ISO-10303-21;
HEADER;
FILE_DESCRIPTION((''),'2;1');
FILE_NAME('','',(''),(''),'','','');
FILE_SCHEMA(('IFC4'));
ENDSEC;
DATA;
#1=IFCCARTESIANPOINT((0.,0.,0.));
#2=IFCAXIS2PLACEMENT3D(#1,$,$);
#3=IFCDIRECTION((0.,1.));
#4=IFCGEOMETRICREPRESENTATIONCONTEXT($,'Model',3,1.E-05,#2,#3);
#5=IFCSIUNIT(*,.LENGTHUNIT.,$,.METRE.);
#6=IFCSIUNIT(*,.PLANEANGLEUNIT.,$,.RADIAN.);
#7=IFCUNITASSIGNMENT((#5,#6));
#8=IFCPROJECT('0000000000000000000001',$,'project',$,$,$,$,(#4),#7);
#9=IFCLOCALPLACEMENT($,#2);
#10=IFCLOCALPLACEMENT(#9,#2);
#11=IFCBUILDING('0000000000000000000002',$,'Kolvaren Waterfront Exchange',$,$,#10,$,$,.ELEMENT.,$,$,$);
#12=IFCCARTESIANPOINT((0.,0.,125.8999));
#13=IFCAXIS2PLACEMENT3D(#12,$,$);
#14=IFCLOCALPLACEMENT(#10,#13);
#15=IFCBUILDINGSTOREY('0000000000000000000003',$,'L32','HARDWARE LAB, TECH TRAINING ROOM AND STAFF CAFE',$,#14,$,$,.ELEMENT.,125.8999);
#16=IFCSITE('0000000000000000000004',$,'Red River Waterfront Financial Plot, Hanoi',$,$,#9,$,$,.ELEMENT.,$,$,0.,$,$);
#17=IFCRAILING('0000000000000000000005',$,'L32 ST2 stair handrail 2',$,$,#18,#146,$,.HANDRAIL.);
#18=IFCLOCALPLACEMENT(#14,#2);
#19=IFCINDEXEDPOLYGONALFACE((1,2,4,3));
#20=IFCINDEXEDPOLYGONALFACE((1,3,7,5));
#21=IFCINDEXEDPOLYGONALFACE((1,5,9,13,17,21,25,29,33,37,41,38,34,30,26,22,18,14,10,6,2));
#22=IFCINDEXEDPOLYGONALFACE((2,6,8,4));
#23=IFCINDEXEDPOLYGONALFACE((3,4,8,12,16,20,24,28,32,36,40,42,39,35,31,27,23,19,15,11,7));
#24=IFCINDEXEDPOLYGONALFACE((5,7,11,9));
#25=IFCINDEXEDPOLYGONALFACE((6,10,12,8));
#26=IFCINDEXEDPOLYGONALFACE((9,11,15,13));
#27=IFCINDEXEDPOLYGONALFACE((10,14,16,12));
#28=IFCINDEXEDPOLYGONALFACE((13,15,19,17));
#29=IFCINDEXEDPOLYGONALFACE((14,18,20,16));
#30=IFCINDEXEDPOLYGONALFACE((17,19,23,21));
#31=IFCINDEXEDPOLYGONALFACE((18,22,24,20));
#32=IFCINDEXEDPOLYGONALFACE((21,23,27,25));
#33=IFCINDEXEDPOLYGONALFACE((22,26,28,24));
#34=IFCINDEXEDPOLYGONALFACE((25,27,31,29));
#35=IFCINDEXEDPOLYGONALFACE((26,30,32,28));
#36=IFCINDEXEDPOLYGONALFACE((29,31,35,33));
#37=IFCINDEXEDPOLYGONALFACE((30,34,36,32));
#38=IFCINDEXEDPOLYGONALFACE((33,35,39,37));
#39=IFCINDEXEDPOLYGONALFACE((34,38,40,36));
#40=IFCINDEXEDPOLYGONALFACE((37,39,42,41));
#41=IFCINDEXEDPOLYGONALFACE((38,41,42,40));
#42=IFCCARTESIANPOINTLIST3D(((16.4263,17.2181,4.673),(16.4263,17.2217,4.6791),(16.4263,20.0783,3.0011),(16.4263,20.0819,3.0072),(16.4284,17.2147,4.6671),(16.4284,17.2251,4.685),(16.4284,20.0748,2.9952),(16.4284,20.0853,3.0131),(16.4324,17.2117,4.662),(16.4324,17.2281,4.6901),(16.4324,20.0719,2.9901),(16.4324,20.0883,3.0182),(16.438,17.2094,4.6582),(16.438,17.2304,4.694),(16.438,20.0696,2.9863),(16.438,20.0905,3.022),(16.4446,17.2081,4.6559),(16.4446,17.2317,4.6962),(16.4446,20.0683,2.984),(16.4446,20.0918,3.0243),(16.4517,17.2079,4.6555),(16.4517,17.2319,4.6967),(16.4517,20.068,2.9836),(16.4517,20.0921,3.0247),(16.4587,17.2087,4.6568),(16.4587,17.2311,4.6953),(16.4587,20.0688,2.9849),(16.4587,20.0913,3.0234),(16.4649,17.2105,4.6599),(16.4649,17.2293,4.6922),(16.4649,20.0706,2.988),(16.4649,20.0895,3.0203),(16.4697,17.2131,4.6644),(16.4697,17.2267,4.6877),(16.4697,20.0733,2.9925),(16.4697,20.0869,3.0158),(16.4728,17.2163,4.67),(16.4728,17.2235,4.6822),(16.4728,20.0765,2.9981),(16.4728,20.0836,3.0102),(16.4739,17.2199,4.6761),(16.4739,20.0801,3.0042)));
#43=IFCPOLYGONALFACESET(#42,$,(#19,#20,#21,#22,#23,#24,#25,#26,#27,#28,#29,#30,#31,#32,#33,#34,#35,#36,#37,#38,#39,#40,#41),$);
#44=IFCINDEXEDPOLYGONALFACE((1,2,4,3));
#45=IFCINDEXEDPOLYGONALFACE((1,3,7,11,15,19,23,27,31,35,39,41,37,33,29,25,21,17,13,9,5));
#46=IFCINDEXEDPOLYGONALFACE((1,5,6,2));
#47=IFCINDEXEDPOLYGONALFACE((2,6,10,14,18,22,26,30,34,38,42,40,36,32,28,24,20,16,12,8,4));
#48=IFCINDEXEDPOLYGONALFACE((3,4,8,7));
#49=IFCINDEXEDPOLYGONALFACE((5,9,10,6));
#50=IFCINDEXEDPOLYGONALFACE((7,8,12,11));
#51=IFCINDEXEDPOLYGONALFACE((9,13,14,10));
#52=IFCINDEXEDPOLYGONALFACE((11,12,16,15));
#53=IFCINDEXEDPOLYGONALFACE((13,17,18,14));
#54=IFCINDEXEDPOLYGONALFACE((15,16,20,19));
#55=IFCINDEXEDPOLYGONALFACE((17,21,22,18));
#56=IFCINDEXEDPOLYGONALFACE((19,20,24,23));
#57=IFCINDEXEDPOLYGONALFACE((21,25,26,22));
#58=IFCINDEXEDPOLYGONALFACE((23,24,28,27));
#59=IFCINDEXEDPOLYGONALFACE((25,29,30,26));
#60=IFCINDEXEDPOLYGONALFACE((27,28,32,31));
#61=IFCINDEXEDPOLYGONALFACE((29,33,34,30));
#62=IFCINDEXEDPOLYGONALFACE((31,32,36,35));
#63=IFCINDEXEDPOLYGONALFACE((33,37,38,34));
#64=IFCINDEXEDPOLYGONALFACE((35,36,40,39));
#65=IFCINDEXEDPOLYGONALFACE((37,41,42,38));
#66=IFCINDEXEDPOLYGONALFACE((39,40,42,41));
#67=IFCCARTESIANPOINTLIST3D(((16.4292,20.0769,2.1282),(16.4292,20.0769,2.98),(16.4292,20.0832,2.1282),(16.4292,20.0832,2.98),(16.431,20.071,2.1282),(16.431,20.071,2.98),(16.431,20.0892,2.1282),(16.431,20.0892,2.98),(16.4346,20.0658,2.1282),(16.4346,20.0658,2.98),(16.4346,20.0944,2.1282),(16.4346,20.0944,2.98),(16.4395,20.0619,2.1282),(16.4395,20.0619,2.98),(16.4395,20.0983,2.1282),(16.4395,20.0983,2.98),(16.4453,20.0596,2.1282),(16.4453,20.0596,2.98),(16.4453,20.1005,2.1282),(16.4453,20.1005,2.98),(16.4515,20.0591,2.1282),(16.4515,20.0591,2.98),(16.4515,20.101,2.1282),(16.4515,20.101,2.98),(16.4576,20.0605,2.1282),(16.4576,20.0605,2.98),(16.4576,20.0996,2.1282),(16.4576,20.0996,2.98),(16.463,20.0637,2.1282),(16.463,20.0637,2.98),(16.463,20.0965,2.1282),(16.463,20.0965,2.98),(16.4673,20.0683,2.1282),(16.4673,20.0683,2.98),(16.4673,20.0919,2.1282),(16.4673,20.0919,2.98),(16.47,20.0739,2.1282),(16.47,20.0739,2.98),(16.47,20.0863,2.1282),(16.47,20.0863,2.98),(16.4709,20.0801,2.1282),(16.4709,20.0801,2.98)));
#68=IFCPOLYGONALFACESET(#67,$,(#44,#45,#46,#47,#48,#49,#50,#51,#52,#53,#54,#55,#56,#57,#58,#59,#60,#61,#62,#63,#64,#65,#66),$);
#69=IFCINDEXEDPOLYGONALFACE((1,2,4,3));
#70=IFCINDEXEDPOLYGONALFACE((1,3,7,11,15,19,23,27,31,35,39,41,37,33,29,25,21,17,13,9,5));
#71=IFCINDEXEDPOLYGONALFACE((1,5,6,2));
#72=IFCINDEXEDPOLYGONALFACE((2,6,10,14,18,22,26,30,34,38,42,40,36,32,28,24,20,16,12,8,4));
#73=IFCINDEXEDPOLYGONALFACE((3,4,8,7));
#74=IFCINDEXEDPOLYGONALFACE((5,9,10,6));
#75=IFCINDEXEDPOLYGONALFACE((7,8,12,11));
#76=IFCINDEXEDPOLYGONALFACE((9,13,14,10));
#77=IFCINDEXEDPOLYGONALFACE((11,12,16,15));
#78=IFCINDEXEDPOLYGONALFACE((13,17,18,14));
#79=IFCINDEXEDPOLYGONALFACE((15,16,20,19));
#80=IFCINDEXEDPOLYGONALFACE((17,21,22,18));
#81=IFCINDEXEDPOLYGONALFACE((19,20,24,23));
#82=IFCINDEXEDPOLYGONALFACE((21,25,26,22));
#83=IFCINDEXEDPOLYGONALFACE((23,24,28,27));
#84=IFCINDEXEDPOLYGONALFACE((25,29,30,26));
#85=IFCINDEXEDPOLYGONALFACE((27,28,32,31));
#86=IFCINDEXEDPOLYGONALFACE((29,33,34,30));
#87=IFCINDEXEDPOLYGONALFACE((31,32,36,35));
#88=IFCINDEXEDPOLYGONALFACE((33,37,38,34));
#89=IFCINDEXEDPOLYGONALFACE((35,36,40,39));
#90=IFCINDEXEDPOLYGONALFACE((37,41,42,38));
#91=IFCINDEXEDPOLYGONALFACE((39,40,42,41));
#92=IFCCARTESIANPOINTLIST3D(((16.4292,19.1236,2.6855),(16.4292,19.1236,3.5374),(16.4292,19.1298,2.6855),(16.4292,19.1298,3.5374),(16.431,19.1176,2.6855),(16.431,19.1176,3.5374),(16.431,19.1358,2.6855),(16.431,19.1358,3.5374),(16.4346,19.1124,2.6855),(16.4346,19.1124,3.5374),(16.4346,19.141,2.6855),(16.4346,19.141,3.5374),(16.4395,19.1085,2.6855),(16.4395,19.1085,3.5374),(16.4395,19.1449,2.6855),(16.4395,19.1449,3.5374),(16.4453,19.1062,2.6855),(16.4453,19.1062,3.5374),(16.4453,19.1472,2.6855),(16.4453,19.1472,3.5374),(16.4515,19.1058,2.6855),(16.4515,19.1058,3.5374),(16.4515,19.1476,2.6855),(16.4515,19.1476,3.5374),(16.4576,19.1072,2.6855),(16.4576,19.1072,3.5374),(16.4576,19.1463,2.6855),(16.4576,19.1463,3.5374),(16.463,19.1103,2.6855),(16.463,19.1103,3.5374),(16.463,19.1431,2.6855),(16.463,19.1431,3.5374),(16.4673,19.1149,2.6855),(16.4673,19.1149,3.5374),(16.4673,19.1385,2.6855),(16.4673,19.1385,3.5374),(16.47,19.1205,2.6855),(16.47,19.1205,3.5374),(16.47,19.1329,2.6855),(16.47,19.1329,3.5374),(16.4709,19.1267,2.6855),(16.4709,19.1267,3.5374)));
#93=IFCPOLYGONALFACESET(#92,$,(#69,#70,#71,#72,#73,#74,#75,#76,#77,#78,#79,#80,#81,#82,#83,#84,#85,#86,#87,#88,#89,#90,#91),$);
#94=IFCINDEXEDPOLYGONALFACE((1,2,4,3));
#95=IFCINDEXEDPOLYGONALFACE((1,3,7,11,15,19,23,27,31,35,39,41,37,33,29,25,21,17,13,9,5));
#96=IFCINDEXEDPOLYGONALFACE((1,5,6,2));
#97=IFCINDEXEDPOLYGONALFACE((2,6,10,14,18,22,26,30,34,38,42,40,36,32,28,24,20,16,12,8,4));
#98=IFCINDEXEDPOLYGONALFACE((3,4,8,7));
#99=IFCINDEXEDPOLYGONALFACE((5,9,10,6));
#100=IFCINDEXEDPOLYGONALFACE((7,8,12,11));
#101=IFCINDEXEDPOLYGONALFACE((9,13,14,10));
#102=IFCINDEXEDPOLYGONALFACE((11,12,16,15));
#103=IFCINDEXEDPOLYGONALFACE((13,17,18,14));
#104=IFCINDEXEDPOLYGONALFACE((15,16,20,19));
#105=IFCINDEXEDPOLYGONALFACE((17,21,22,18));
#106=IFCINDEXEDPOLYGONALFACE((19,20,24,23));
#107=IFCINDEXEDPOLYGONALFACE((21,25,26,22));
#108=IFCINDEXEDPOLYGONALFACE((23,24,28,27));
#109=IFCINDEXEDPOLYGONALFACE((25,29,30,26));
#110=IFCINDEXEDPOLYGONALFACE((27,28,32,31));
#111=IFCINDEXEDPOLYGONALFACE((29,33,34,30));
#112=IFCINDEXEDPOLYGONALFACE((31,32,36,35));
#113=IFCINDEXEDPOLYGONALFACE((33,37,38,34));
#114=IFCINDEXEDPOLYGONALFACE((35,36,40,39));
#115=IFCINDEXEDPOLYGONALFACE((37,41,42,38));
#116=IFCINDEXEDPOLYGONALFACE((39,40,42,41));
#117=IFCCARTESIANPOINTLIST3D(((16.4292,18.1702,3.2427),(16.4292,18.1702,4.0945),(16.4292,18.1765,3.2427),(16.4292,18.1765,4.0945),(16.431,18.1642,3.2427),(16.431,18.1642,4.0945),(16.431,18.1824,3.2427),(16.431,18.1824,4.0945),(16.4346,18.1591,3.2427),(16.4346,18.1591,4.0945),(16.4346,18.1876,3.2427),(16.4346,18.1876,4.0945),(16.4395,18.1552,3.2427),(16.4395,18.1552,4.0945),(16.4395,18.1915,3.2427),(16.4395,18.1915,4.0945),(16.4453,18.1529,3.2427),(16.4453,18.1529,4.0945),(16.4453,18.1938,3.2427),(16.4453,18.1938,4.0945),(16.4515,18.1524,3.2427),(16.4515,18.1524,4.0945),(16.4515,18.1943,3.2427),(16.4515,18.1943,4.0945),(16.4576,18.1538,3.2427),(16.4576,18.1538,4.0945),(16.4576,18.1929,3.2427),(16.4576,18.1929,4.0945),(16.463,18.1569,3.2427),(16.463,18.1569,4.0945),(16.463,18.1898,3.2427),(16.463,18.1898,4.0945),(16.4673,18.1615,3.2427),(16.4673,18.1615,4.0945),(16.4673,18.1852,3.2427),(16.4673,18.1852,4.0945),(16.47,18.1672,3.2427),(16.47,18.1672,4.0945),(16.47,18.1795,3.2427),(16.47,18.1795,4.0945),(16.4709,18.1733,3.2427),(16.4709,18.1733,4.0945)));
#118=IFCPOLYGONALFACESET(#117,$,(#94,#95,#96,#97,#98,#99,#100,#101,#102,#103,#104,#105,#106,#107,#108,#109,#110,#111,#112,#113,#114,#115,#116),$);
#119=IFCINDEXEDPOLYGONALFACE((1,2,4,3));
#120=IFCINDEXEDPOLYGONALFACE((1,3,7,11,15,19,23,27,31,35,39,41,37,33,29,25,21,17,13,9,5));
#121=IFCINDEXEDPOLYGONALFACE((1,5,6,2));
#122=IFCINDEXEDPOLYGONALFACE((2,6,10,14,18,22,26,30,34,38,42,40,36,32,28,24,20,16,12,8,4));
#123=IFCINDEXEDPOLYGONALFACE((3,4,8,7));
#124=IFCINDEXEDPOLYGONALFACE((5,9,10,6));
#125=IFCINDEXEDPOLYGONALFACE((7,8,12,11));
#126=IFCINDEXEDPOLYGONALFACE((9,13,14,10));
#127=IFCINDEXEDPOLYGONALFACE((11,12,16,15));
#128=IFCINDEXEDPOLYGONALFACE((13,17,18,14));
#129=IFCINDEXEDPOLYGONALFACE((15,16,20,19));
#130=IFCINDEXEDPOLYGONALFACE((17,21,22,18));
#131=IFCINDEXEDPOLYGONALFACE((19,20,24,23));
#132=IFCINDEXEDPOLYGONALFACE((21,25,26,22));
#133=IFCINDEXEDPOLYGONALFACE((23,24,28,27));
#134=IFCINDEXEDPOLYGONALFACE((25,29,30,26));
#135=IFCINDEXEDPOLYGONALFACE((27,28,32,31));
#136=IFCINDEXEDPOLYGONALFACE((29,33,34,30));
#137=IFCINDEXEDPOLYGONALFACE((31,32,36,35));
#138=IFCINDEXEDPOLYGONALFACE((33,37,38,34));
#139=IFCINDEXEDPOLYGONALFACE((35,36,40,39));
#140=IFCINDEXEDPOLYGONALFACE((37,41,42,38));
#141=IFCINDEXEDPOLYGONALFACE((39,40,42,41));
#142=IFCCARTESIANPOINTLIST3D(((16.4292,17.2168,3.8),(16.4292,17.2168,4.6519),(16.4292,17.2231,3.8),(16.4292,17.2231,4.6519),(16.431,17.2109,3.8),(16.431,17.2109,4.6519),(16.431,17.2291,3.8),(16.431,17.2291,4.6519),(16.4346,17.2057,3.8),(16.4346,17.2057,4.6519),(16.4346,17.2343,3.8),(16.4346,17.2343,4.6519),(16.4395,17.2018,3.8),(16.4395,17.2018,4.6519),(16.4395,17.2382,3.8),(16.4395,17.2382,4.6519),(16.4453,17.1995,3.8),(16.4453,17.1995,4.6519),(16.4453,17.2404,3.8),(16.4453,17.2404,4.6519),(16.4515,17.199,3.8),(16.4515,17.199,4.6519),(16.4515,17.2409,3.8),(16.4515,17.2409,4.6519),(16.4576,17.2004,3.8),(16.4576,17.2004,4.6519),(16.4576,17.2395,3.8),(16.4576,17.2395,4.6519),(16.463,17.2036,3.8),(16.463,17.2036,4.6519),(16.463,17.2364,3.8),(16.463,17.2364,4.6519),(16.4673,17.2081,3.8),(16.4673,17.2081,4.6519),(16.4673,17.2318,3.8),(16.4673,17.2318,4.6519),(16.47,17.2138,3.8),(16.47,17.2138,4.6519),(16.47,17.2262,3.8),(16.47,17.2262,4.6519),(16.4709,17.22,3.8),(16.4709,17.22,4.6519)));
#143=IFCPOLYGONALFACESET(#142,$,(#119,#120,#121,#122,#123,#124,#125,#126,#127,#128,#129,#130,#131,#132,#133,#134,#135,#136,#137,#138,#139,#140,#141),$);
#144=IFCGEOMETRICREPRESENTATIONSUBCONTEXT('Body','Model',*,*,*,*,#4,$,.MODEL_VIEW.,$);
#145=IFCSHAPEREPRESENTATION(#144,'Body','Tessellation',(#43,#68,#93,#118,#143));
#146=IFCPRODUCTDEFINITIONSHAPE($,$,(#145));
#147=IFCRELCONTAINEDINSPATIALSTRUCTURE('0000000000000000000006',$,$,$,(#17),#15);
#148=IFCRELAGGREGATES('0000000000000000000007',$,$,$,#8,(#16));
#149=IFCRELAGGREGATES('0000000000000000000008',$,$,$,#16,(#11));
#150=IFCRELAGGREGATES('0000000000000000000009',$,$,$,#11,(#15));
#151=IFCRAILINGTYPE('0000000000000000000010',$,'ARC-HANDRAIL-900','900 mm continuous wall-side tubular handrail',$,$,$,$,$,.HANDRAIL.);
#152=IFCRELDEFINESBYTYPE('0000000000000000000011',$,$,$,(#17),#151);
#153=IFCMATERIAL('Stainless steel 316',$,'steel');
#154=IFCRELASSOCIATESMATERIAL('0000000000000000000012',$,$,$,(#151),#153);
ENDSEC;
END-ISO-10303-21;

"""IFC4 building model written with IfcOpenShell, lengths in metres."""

from ifc_helpers import new_model, si_unit, direction, frame, origin, origin_2d, place, context, subcontext, project, spatial, circle, extrude, material, type_object, element, save


model = new_model("IFC4")

# Units and contexts
model_context = context("Model", 3, precision=1e-05, world=origin(), true_north=direction((0.0, 1.0)))
body_context = subcontext(model_context, "Body", "Model", "MODEL_VIEW")
ifc_project = project(units=[si_unit("LENGTHUNIT", "METRE"), si_unit("PLANEANGLEUNIT", "RADIAN")], contexts=[model_context])

# Site, building, storey
site_placement = place(None, origin())
site = spatial("IfcSite", under=ifc_project, at=site_placement, Name="Red River Waterfront Financial Plot, Hanoi", CompositionType="ELEMENT", RefElevation=0.0)
building_placement = place(site_placement, origin())
building = spatial("IfcBuilding", under=site, at=building_placement, Name="Kolvaren Waterfront Exchange", CompositionType="ELEMENT")
storey_placement = place(building_placement, frame((0.0, 0.0, 125.8999)))
storey = spatial("IfcBuildingStorey", under=building, at=storey_placement, Name="L32", Description="HARDWARE LAB, TECH TRAINING ROOM AND STAFF CAFE", CompositionType="ELEMENT", Elevation=125.8999)

# Railing
ifc_material_1 = material(Name="Stainless steel 316", Category="steel")
railing_type_1 = type_object("IfcRailingType", Name="ARC-HANDRAIL-900", Description="900 mm continuous wall-side tubular handrail", PredefinedType="HANDRAIL", material=ifc_material_1)
railing_1_placement = place(storey_placement, frame((16.45, 20.0801, 2.1282)))
element("IfcRailing", 1, at=railing_1_placement, inside=storey, type_object=railing_type_1, Name="L32 ST2 stair handrail 2", PredefinedType="HANDRAIL", context=body_context, shape_type="SweptSolid", body=[
    extrude(circle(Radius=0.0239, at=origin_2d()), frame((0.0, 0.0, 0.876), z_axis=(0.0, -0.863321, 0.504654), x_axis=(1.0, 0.0, 0.0)), (0.0, 0.0, 1.0), 3.313),
    extrude(circle(Radius=0.021, at=origin_2d()), origin(), (0.0, 0.0, 1.0), 0.8518),
    extrude(circle(Radius=0.021, at=origin_2d()), frame((0.0, -0.9534, 0.5574)), (0.0, 0.0, 1.0), 0.8518),
    extrude(circle(Radius=0.021, at=origin_2d()), frame((0.0, -1.9067, 1.1145)), (0.0, 0.0, 1.0), 0.8518),
    extrude(circle(Radius=0.021, at=origin_2d()), frame((0.0, -2.8601, 1.6719)), (0.0, 0.0, 1.0), 0.8518),
])

save(model, "model.ifc")
